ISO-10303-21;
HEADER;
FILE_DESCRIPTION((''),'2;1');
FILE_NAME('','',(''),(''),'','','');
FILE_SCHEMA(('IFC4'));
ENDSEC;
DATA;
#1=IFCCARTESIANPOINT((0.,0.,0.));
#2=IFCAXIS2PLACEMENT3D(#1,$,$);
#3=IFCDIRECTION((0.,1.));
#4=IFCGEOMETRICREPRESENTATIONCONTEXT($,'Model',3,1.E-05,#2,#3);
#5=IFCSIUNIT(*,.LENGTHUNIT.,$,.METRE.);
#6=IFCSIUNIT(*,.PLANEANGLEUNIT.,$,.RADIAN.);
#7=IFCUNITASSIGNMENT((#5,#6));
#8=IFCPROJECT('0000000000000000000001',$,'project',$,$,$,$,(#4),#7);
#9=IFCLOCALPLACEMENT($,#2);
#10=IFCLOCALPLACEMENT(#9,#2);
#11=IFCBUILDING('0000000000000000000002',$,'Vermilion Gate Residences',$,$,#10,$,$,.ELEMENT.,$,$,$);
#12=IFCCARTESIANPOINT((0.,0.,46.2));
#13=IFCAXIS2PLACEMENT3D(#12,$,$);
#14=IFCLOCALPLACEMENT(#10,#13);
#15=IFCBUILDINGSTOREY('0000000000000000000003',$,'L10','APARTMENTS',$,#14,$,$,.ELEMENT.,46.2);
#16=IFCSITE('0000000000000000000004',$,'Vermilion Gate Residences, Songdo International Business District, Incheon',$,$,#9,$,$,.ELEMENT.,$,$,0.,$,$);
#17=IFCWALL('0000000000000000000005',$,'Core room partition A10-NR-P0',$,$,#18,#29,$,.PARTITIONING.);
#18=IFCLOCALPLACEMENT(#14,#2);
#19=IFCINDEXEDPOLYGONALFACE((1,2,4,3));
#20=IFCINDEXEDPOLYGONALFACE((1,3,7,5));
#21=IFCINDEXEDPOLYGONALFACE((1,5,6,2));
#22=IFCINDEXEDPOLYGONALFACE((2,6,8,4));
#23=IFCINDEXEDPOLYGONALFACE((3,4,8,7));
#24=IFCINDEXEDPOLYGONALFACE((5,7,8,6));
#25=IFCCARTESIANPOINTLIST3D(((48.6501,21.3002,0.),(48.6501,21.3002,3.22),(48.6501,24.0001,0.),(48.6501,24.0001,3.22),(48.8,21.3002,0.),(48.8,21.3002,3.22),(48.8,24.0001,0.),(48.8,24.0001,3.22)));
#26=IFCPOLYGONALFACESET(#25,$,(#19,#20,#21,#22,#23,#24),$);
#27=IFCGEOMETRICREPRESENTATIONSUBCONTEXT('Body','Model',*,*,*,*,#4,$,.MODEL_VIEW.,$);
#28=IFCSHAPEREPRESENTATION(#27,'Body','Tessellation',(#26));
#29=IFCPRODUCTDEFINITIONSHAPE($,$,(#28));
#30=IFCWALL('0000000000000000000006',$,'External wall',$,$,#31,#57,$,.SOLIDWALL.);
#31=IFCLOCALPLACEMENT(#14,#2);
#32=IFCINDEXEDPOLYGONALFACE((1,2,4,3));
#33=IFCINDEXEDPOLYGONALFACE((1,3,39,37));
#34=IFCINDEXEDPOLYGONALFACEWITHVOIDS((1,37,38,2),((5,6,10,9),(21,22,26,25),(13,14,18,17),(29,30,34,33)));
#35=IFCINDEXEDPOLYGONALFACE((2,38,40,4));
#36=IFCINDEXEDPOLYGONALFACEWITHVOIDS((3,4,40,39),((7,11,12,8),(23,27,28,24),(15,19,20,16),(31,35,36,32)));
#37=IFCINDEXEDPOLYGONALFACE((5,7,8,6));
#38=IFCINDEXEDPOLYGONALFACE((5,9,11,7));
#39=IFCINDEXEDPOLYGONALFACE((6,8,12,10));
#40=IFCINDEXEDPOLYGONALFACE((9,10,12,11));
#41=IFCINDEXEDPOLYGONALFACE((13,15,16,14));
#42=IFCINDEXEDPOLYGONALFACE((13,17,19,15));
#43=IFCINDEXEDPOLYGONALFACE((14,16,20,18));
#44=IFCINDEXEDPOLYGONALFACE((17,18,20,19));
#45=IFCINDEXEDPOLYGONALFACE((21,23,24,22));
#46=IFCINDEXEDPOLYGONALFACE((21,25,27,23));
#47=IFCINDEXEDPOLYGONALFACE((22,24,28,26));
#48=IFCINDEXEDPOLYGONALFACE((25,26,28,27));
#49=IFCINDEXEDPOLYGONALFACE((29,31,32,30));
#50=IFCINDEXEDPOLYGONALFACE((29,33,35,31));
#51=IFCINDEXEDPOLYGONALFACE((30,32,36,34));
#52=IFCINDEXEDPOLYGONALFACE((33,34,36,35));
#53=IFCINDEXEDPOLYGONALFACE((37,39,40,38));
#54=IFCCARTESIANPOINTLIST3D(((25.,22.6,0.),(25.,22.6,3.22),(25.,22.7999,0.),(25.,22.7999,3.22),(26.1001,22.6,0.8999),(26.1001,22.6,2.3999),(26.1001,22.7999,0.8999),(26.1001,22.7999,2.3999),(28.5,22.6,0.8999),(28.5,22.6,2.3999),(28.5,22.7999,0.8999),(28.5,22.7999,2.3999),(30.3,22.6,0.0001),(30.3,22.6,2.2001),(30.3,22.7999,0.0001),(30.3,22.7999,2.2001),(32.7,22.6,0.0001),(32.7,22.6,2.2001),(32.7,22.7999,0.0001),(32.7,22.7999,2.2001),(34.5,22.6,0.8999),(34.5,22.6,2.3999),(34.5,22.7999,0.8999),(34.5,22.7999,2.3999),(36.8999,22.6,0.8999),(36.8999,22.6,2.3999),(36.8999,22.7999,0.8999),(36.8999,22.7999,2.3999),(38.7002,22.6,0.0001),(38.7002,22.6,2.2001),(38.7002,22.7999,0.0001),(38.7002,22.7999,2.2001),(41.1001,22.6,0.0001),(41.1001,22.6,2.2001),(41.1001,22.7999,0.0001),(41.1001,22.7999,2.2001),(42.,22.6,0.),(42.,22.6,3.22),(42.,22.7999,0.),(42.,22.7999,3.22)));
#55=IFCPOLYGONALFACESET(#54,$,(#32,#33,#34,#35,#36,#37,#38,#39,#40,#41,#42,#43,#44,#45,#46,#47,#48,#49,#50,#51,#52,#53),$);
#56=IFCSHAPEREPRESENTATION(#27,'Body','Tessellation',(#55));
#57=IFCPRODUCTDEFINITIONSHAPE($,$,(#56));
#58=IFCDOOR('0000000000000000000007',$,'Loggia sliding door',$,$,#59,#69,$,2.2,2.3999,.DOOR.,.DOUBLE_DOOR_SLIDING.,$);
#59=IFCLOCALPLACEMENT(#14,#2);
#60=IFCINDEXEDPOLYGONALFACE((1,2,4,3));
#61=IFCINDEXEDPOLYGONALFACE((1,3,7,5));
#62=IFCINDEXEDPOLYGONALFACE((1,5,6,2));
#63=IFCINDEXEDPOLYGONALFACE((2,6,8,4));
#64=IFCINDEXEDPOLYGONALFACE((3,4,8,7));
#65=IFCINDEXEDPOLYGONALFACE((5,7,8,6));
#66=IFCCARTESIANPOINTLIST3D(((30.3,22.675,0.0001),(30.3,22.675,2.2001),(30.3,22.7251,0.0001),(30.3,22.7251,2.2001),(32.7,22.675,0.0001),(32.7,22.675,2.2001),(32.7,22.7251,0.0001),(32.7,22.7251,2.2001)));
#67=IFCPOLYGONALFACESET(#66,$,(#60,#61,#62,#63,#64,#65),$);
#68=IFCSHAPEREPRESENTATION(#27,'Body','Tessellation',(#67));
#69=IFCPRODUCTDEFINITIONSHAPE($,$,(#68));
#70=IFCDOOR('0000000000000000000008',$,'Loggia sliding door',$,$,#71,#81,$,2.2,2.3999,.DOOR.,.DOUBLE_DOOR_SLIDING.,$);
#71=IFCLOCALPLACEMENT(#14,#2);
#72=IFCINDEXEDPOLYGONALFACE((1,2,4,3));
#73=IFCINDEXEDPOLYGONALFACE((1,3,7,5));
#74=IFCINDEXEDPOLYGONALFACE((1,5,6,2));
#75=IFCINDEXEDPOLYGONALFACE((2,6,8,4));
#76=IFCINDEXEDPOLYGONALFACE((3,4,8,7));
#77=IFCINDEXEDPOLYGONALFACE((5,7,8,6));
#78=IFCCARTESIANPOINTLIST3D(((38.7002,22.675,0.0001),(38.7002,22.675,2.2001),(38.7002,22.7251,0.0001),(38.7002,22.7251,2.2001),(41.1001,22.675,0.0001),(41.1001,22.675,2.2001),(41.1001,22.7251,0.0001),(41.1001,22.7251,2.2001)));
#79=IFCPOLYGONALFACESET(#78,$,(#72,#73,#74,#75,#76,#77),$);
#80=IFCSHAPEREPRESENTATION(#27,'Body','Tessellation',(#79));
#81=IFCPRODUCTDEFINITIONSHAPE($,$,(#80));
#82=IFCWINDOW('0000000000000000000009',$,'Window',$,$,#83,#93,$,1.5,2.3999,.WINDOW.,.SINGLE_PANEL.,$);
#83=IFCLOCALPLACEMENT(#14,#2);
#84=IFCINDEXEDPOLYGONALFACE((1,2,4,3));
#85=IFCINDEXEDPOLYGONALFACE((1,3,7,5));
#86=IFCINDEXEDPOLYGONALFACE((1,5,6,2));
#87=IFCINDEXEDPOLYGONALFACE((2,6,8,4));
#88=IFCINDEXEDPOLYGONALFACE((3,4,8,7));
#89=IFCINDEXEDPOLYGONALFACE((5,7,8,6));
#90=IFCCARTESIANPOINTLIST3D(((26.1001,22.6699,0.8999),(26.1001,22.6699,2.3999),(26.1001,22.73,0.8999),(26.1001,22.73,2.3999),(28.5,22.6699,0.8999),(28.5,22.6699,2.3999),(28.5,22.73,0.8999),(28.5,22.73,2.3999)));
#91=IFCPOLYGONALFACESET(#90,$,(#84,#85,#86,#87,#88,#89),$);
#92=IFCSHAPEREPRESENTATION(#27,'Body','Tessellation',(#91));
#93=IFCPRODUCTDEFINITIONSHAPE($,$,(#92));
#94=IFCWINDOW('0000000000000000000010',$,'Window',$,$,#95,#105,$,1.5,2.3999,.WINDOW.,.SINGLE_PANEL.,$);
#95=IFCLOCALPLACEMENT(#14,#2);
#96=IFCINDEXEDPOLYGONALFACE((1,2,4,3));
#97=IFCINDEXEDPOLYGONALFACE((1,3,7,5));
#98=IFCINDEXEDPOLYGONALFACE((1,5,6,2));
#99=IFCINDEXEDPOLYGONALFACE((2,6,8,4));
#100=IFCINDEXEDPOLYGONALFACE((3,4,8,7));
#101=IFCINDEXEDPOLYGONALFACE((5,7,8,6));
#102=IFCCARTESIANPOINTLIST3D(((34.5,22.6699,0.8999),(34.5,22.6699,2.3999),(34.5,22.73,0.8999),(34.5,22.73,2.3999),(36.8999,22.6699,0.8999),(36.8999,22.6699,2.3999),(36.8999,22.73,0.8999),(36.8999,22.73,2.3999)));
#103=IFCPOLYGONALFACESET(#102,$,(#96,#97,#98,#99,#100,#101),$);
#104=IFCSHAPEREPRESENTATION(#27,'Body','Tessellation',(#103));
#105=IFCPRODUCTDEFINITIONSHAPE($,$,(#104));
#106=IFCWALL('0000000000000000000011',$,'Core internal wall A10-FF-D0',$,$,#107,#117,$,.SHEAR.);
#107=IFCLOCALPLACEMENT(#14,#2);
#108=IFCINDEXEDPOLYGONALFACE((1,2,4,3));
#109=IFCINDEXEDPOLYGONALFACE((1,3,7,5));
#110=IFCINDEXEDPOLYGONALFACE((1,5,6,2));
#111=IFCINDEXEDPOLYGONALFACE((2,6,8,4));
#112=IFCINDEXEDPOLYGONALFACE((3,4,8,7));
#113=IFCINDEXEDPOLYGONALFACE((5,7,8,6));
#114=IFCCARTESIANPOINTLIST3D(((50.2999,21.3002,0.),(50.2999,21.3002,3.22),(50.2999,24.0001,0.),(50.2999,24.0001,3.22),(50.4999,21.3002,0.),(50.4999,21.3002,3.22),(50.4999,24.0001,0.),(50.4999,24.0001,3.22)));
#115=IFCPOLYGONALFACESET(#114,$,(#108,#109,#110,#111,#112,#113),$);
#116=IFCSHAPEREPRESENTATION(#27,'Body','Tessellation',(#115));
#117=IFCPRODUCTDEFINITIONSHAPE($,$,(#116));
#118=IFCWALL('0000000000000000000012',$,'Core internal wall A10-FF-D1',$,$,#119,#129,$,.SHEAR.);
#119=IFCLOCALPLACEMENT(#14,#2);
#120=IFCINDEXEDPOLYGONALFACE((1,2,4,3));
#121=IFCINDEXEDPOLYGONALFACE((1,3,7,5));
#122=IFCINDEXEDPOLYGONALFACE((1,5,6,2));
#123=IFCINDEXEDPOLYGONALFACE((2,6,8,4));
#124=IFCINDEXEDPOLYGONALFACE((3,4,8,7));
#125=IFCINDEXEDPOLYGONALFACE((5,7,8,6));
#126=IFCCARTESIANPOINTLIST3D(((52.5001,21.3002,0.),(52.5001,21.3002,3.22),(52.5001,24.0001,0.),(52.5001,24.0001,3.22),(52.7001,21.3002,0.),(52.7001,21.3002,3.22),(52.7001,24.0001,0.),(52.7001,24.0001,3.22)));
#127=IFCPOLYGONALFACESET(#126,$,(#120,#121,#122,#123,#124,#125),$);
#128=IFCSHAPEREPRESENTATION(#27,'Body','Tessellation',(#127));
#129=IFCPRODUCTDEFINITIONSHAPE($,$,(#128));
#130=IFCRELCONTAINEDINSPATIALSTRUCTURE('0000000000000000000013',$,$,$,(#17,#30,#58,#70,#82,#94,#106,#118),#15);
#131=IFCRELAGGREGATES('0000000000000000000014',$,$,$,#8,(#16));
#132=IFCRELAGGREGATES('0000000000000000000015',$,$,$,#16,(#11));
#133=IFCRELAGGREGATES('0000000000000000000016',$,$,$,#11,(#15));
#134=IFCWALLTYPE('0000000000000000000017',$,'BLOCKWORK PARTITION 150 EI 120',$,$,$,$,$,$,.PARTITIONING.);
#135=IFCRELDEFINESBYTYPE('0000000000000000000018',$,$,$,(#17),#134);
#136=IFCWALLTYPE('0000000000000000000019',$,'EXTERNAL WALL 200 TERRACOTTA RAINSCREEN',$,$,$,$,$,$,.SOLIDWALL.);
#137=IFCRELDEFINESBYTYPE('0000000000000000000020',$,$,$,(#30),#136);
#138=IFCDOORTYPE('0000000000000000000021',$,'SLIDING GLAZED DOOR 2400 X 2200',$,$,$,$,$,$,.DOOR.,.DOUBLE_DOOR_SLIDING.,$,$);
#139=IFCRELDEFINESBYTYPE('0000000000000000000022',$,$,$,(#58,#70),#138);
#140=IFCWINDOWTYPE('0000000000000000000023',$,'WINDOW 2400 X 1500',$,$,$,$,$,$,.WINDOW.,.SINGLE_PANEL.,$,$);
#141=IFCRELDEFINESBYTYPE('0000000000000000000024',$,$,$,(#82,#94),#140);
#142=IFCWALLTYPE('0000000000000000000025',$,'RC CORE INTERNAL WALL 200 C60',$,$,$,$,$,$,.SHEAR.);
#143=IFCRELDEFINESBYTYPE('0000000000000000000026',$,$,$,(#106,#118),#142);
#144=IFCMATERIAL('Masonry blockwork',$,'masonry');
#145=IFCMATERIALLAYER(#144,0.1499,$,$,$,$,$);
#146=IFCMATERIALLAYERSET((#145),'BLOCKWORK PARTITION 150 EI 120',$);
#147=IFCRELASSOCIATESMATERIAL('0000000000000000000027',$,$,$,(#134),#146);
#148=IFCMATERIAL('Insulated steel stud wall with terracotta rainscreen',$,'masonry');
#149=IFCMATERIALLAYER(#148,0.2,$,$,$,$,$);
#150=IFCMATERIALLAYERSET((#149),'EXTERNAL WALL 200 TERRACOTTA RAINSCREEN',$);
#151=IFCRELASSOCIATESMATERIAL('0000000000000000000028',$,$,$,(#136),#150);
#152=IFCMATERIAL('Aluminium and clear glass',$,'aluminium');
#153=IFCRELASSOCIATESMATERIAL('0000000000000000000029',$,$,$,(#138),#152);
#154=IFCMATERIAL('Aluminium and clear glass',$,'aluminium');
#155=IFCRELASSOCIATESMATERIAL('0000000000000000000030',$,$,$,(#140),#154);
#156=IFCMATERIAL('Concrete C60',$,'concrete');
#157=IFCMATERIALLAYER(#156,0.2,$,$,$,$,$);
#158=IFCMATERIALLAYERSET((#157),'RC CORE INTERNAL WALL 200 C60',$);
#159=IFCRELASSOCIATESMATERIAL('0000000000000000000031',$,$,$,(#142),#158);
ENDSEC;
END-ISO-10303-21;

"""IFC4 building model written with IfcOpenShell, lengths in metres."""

from ifc_helpers import new_model, si_unit, direction, frame, frame_2d, origin, place, context, subcontext, project, spatial, rectangle, extrude, material, layer, layer_set, type_object, element, fill, save


model = new_model("IFC4")

# Units and contexts
model_context = context("Model", 3, precision=1e-05, world=origin(), true_north=direction((0.0, 1.0)))
body_context = subcontext(model_context, "Body", "Model", "MODEL_VIEW")
ifc_project = project(units=[si_unit("LENGTHUNIT", "METRE"), si_unit("PLANEANGLEUNIT", "RADIAN")], contexts=[model_context])

# Site, building, storey
site_placement = place(None, origin())
site = spatial("IfcSite", under=ifc_project, at=site_placement, Name="Vermilion Gate Residences, Songdo International Business District, Incheon", CompositionType="ELEMENT", RefElevation=0.0)
building_placement = place(site_placement, origin())
building = spatial("IfcBuilding", under=site, at=building_placement, Name="Vermilion Gate Residences", CompositionType="ELEMENT")
storey_placement = place(building_placement, frame((0.0, 0.0, 46.2)))
storey = spatial("IfcBuildingStorey", under=building, at=storey_placement, Name="L10", Description="APARTMENTS", CompositionType="ELEMENT", Elevation=46.2)

# Wall
ifc_material_1 = material(Name="Masonry blockwork", Category="masonry")
ifc_layer_1 = layer(ifc_material_1, 0.1499)
ifc_layer_set_1 = layer_set([ifc_layer_1], Name="BLOCKWORK PARTITION 150 EI 120")
wall_type_1 = type_object("IfcWallType", Name="BLOCKWORK PARTITION 150 EI 120", PredefinedType="PARTITIONING", material=ifc_layer_set_1)
wall_1_placement = place(storey_placement, frame((48.7251, 21.3, 0.0), z_axis=(0.0, 0.0, 1.0), x_axis=(0.0, 1.0, 0.0)))
element("IfcWall", 1, at=wall_1_placement, inside=storey, type_object=wall_type_1, Name="Core room partition A10-NR-P0", PredefinedType="PARTITIONING", context=body_context, shape_type="SweptSolid", body=[
    extrude(rectangle(XDim=2.7, YDim=0.1499, at=frame_2d((1.3501, 0.0))), origin(), (0.0, 0.0, 1.0), 3.22),
])

# Wall, openings, doors, windows
ifc_material_2 = material(Name="Insulated steel stud wall with terracotta rainscreen", Category="masonry")
ifc_layer_2 = layer(ifc_material_2, 0.2)
ifc_layer_set_2 = layer_set([ifc_layer_2], Name="EXTERNAL WALL 200 TERRACOTTA RAINSCREEN")
wall_type_2 = type_object("IfcWallType", Name="EXTERNAL WALL 200 TERRACOTTA RAINSCREEN", PredefinedType="SOLIDWALL", material=ifc_layer_set_2)
wall_2_placement = place(storey_placement, frame((42.0, 22.7, 0.0), z_axis=(0.0, 0.0, 1.0), x_axis=(-1.0, 0.0, 0.0)))
wall_2 = element("IfcWall", 2, at=wall_2_placement, inside=storey, type_object=wall_type_2, Name="External wall", PredefinedType="SOLIDWALL", context=body_context, shape_type="SweptSolid", body=[
    extrude(rectangle(XDim=17.0, YDim=0.2, at=frame_2d((8.5, 0.0))), origin(), (0.0, 0.0, 1.0), 3.22),
])
opening_1_placement = place(wall_2_placement, frame((13.5, 0.0, 0.8999)))
opening_1 = element("IfcOpeningElement", 3, at=opening_1_placement, cuts=wall_2, PredefinedType="OPENING", context=body_context, shape_type="SweptSolid", body=[
    extrude(rectangle(XDim=2.3999, YDim=1.5, at=frame_2d((1.2, 0.75))), frame((0.0, 0.1099, 0.0), z_axis=(0.0, -1.0, 0.0), x_axis=(1.0, 0.0, 0.0)), (0.0, 0.0, 1.0), 0.22),
])
opening_2_placement = place(wall_2_placement, frame((9.3, 0.0, 0.0)))
opening_2 = element("IfcOpeningElement", 4, at=opening_2_placement, cuts=wall_2, PredefinedType="OPENING", context=body_context, shape_type="SweptSolid", body=[
    extrude(rectangle(XDim=2.3999, YDim=2.2, at=frame_2d((1.2, 1.1001))), frame((0.0, 0.1099, 0.0), z_axis=(0.0, -1.0, 0.0), x_axis=(1.0, 0.0, 0.0)), (0.0, 0.0, 1.0), 0.22),
])
opening_3_placement = place(wall_2_placement, frame((5.1001, 0.0, 0.8999)))
opening_3 = element("IfcOpeningElement", 5, at=opening_3_placement, cuts=wall_2, PredefinedType="OPENING", context=body_context, shape_type="SweptSolid", body=[
    extrude(rectangle(XDim=2.3999, YDim=1.5, at=frame_2d((1.2, 0.75))), frame((0.0, 0.1099, 0.0), z_axis=(0.0, -1.0, 0.0), x_axis=(1.0, 0.0, 0.0)), (0.0, 0.0, 1.0), 0.22),
])
opening_4_placement = place(wall_2_placement, frame((0.8999, 0.0, 0.0)))
opening_4 = element("IfcOpeningElement", 6, at=opening_4_placement, cuts=wall_2, PredefinedType="OPENING", context=body_context, shape_type="SweptSolid", body=[
    extrude(rectangle(XDim=2.3999, YDim=2.2, at=frame_2d((1.2, 1.1001))), frame((0.0, 0.1099, 0.0), z_axis=(0.0, -1.0, 0.0), x_axis=(1.0, 0.0, 0.0)), (0.0, 0.0, 1.0), 0.22),
])
ifc_material_3 = material(Name="Aluminium and clear glass", Category="aluminium")
door_type_1 = type_object("IfcDoorType", Name="SLIDING GLAZED DOOR 2400 X 2200", OperationType="DOUBLE_DOOR_SLIDING", PredefinedType="DOOR", material=ifc_material_3)
door_1_placement = place(opening_2_placement, origin())
door_1 = element("IfcDoor", 7, at=door_1_placement, inside=storey, type_object=door_type_1, Name="Loggia sliding door", OperationType="DOUBLE_DOOR_SLIDING", OverallHeight=2.2, OverallWidth=2.3999, PredefinedType="DOOR", context=body_context, shape_type="SweptSolid", body=[
    extrude(rectangle(XDim=2.3999, YDim=2.2, at=frame_2d((1.2, 1.1001))), frame((0.0, 0.0249, 0.0), z_axis=(0.0, -1.0, 0.0), x_axis=(1.0, 0.0, 0.0)), (0.0, 0.0, 1.0), 0.05),
])
fill(opening_2, door_1)
door_2_placement = place(opening_4_placement, origin())
door_2 = element("IfcDoor", 8, at=door_2_placement, inside=storey, type_object=door_type_1, Name="Loggia sliding door", OperationType="DOUBLE_DOOR_SLIDING", OverallHeight=2.2, OverallWidth=2.3999, PredefinedType="DOOR", context=body_context, shape_type="SweptSolid", body=[
    extrude(rectangle(XDim=2.3999, YDim=2.2, at=frame_2d((1.2, 1.1001))), frame((0.0, 0.0249, 0.0), z_axis=(0.0, -1.0, 0.0), x_axis=(1.0, 0.0, 0.0)), (0.0, 0.0, 1.0), 0.05),
])
fill(opening_4, door_2)
ifc_material_4 = material(Name="Aluminium and clear glass", Category="aluminium")
window_type_1 = type_object("IfcWindowType", Name="WINDOW 2400 X 1500", PartitioningType="SINGLE_PANEL", PredefinedType="WINDOW", material=ifc_material_4)
window_1_placement = place(opening_1_placement, origin())
window_1 = element("IfcWindow", 9, at=window_1_placement, inside=storey, type_object=window_type_1, Name="Window", OverallHeight=1.5, OverallWidth=2.3999, PartitioningType="SINGLE_PANEL", PredefinedType="WINDOW", context=body_context, shape_type="SweptSolid", body=[
    extrude(rectangle(XDim=2.3999, YDim=1.5, at=frame_2d((1.2, 0.75))), frame((0.0, 0.03, 0.0), z_axis=(0.0, -1.0, 0.0), x_axis=(1.0, 0.0, 0.0)), (0.0, 0.0, 1.0), 0.0601),
])
fill(opening_1, window_1)
window_2_placement = place(opening_3_placement, origin())
window_2 = element("IfcWindow", 10, at=window_2_placement, inside=storey, type_object=window_type_1, Name="Window", OverallHeight=1.5, OverallWidth=2.3999, PartitioningType="SINGLE_PANEL", PredefinedType="WINDOW", context=body_context, shape_type="SweptSolid", body=[
    extrude(rectangle(XDim=2.3999, YDim=1.5, at=frame_2d((1.2, 0.75))), frame((0.0, 0.03, 0.0), z_axis=(0.0, -1.0, 0.0), x_axis=(1.0, 0.0, 0.0)), (0.0, 0.0, 1.0), 0.0601),
])
fill(opening_3, window_2)

# Walls
ifc_material_5 = material(Name="Concrete C60", Category="concrete")
ifc_layer_3 = layer(ifc_material_5, 0.2)
ifc_layer_set_3 = layer_set([ifc_layer_3], Name="RC CORE INTERNAL WALL 200 C60")
wall_type_3 = type_object("IfcWallType", Name="RC CORE INTERNAL WALL 200 C60", PredefinedType="SHEAR", material=ifc_layer_set_3)
for number, where, z_axis, x_axis, name in (
    (11, (50.3999, 21.3, 0.0), (0.0, 0.0, 1.0), (0.0, 1.0, 0.0), "Core internal wall A10-FF-D0"),
    (12, (52.6001, 21.3, 0.0), (0.0, 0.0, 1.0), (0.0, 1.0, 0.0), "Core internal wall A10-FF-D1"),
):
    element("IfcWall", number, at=place(storey_placement, frame(where, z_axis=z_axis, x_axis=x_axis)), inside=storey, type_object=wall_type_3, Name=name, PredefinedType="SHEAR", context=body_context, shape_type="SweptSolid", body=[
        extrude(rectangle(XDim=2.7, YDim=0.2, at=frame_2d((1.3501, 0.0))), origin(), (0.0, 0.0, 1.0), 3.22),
    ])

save(model, "model.ifc")
